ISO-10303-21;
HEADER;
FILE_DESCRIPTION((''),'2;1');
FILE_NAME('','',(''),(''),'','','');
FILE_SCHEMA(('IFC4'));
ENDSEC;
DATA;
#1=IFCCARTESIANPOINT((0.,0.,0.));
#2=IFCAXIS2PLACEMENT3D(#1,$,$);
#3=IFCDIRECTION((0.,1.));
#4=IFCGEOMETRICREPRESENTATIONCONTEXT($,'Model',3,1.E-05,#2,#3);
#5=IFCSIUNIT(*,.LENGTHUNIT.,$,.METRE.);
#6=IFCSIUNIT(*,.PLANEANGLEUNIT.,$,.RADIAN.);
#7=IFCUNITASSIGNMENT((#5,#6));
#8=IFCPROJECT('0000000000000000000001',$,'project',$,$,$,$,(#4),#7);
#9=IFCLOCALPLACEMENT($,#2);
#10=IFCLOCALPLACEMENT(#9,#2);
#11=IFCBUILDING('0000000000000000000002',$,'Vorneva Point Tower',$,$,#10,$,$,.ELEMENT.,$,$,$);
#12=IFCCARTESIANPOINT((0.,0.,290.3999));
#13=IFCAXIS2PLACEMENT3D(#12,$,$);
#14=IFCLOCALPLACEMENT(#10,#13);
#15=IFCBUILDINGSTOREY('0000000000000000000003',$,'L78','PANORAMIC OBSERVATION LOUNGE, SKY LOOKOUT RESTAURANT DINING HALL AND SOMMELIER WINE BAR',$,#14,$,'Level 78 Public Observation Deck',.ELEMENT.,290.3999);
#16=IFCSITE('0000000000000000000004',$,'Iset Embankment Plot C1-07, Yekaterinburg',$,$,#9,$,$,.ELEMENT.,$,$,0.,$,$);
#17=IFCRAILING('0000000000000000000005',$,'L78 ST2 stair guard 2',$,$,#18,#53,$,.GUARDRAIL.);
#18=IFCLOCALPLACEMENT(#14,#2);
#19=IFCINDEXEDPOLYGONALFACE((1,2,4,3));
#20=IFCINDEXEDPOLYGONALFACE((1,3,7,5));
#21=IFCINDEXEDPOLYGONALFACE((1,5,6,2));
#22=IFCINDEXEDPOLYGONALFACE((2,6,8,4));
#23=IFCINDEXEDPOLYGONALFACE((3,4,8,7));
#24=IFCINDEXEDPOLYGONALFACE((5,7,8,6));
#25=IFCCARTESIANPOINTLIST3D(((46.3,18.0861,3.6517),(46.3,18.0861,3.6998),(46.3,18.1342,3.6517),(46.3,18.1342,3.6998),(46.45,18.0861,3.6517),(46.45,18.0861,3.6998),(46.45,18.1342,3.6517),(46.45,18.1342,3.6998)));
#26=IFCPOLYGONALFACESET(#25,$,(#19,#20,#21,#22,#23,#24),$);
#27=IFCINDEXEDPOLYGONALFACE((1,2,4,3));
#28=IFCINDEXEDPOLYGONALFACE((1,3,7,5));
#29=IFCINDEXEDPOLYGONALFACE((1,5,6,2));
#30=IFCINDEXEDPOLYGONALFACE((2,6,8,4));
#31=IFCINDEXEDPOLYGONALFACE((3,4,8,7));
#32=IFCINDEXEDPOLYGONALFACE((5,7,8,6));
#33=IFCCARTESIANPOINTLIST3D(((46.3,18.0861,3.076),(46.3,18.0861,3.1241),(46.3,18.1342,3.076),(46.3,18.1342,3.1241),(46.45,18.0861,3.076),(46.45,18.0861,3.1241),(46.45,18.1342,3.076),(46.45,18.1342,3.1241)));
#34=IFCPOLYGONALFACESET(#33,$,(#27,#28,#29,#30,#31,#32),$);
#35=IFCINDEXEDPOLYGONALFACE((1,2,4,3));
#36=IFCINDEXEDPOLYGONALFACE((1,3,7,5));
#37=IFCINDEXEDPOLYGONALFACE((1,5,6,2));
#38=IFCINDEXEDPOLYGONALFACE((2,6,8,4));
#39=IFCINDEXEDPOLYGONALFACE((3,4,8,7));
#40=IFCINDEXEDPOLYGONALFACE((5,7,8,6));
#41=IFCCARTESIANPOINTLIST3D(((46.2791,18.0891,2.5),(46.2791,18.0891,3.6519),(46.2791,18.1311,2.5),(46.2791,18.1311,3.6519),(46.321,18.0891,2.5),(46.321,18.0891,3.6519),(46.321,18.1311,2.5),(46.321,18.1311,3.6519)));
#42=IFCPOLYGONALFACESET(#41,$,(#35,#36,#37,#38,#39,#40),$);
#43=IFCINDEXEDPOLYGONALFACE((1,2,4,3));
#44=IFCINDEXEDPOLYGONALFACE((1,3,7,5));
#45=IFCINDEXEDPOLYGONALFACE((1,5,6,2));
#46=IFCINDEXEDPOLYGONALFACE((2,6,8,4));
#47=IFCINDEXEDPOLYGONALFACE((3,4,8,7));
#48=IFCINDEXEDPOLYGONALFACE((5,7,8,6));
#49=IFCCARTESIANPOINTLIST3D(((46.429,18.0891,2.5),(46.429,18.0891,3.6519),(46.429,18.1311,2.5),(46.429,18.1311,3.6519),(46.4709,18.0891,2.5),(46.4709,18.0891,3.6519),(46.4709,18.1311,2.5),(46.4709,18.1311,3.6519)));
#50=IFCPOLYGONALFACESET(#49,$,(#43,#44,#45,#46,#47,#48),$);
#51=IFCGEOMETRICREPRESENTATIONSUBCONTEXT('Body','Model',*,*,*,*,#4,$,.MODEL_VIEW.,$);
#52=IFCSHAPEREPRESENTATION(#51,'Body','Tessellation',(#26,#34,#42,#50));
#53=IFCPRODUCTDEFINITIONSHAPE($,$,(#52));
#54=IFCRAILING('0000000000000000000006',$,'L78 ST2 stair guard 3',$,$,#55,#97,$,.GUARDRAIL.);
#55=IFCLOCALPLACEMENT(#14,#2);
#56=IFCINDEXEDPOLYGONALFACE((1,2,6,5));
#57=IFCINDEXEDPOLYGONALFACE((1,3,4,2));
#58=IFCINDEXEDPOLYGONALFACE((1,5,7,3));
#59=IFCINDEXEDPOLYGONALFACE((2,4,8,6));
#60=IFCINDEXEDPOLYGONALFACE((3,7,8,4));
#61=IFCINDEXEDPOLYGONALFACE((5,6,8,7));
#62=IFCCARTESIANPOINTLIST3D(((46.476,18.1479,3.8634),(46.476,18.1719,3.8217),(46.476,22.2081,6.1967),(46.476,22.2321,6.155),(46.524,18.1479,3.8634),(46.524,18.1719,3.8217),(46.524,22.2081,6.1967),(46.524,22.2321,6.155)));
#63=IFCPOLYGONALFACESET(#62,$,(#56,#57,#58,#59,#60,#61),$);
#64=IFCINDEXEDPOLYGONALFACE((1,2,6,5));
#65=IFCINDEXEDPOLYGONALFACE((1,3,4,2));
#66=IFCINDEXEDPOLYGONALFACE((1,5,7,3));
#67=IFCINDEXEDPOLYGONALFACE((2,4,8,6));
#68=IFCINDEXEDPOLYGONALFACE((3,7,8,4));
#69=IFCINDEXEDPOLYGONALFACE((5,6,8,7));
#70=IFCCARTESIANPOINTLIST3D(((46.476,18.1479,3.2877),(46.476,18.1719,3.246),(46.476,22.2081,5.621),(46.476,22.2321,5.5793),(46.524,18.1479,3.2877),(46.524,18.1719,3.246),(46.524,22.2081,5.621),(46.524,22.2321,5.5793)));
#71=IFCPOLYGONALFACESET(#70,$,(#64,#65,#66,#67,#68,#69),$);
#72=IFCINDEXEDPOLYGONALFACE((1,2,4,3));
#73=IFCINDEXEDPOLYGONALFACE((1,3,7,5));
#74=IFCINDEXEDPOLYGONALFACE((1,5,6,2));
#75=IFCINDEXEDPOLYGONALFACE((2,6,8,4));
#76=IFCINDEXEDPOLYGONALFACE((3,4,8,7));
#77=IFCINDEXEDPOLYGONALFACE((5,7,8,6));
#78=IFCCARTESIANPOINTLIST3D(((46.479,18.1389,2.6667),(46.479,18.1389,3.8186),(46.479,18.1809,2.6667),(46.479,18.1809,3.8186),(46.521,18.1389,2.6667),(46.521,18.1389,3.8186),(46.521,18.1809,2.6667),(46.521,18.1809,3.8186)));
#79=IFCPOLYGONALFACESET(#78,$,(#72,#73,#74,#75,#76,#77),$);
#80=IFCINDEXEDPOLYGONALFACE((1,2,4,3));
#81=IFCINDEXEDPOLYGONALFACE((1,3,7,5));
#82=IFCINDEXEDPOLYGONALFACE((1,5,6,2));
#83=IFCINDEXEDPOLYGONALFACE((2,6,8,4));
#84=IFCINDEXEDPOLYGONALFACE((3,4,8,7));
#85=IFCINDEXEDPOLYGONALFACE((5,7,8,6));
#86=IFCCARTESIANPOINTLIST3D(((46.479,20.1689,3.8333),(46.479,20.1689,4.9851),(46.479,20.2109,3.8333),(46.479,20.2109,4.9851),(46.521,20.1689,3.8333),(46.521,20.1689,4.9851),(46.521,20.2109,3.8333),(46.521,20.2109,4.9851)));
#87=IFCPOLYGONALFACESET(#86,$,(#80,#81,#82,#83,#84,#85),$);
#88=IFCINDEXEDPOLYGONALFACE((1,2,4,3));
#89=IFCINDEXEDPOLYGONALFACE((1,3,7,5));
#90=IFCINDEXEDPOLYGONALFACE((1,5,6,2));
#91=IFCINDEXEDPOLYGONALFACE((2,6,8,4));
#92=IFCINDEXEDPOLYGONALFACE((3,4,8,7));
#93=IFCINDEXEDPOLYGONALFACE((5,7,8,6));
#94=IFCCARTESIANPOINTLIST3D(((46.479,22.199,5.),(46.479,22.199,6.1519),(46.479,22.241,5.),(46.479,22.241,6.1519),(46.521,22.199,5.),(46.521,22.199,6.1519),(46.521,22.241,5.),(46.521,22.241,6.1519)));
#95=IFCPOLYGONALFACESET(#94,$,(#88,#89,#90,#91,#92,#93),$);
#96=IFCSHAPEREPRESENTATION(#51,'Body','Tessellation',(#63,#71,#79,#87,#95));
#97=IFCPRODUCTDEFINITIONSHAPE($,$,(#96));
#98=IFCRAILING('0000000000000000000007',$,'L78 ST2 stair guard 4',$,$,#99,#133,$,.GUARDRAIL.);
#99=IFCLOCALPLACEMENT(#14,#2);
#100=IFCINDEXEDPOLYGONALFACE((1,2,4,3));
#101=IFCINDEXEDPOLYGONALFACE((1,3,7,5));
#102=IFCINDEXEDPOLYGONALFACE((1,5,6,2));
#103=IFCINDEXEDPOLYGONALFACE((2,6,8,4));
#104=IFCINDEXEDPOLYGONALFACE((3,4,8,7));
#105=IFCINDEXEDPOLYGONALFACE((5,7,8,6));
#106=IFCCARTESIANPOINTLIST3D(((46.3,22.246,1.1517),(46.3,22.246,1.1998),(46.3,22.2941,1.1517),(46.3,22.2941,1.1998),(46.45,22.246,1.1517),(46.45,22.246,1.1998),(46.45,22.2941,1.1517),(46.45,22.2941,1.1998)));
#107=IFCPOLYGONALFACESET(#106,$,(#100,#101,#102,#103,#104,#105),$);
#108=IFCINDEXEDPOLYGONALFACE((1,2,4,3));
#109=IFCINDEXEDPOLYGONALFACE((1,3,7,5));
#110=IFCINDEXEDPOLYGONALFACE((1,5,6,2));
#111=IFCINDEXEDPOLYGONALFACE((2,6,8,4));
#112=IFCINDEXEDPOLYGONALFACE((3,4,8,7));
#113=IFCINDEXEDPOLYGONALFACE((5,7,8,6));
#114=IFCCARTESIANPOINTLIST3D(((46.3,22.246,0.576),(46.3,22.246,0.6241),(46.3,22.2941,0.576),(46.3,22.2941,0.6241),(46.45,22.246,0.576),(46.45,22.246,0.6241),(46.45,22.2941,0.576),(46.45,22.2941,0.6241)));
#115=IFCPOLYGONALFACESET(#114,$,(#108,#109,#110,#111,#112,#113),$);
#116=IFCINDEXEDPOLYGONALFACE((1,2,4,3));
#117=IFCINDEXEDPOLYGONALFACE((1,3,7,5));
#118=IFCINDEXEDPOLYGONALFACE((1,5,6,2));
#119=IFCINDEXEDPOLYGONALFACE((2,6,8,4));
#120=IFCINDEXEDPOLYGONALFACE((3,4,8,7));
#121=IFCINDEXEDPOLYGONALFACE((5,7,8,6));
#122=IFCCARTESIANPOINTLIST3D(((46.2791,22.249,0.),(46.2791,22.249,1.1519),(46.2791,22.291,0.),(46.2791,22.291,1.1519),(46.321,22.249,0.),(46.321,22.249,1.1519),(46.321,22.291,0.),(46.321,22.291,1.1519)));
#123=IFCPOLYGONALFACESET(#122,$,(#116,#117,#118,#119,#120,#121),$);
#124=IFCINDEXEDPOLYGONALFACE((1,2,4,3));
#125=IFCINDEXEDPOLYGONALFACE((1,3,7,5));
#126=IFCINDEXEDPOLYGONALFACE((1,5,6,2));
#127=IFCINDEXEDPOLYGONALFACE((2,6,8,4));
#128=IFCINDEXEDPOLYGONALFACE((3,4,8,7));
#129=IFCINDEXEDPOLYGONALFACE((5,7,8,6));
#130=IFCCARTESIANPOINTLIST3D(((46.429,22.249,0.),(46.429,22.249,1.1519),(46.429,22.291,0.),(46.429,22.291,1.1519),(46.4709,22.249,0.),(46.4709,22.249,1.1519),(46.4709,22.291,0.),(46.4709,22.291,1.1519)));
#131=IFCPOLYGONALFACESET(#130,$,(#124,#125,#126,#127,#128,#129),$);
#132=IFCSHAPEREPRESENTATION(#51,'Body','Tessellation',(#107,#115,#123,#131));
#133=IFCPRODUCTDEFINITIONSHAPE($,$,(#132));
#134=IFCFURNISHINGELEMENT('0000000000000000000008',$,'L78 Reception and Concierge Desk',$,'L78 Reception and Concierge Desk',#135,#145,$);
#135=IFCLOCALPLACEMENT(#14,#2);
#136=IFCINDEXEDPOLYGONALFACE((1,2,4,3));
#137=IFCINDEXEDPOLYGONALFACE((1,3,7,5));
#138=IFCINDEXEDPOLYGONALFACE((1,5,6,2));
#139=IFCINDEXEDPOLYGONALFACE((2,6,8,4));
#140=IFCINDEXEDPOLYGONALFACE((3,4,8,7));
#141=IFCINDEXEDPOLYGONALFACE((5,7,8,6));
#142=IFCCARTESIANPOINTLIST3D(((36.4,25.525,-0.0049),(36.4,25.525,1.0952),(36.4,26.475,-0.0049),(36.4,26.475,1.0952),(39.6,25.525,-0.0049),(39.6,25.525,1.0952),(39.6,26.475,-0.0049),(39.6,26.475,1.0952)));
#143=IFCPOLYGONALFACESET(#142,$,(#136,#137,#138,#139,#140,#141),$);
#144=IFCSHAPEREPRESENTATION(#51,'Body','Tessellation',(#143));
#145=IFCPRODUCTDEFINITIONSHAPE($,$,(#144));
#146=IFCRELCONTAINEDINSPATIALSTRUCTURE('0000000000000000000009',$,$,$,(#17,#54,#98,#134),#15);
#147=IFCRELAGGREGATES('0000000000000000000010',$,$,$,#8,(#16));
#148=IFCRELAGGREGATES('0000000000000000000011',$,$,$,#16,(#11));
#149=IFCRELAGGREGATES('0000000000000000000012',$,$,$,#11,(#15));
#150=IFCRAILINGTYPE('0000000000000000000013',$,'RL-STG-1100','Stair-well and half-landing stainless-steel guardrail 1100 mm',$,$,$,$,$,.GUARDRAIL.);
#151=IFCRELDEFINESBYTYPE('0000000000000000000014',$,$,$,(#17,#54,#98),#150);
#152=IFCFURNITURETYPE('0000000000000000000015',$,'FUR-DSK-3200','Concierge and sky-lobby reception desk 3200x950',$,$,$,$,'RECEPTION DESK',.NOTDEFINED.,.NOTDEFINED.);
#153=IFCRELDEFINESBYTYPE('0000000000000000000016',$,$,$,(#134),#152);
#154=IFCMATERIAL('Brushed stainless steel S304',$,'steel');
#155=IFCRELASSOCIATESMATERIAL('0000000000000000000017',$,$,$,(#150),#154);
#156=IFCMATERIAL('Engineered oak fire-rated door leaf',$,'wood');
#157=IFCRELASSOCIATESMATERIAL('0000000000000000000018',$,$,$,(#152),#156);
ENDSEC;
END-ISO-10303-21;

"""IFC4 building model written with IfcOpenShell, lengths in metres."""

from ifc_helpers import new_model, si_unit, direction, frame, origin, origin_2d, place, context, subcontext, project, spatial, rectangle, extrude, material, type_object, element, save


model = new_model("IFC4")

# Units and contexts
model_context = context("Model", 3, precision=1e-05, world=origin(), true_north=direction((0.0, 1.0)))
body_context = subcontext(model_context, "Body", "Model", "MODEL_VIEW")
ifc_project = project(units=[si_unit("LENGTHUNIT", "METRE"), si_unit("PLANEANGLEUNIT", "RADIAN")], contexts=[model_context])

# Site, building, storey
site_placement = place(None, origin())
site = spatial("IfcSite", under=ifc_project, at=site_placement, Name="Iset Embankment Plot C1-07, Yekaterinburg", CompositionType="ELEMENT", RefElevation=0.0)
building_placement = place(site_placement, origin())
building = spatial("IfcBuilding", under=site, at=building_placement, Name="Vorneva Point Tower", CompositionType="ELEMENT")
storey_placement = place(building_placement, frame((0.0, 0.0, 290.3999)))
storey = spatial("IfcBuildingStorey", under=building, at=storey_placement, Name="L78", Description="PANORAMIC OBSERVATION LOUNGE, SKY LOOKOUT RESTAURANT DINING HALL AND SOMMELIER WINE BAR", LongName="Level 78 Public Observation Deck", CompositionType="ELEMENT", Elevation=290.3999)

# Shared definitions
ifc_material_1 = material(Name="Engineered oak fire-rated door leaf", Category="wood")

# Railings
ifc_material_2 = material(Name="Brushed stainless steel S304", Category="steel")
railing_type_1 = type_object("IfcRailingType", Name="RL-STG-1100", Description="Stair-well and half-landing stainless-steel guardrail 1100 mm", PredefinedType="GUARDRAIL", material=ifc_material_2)
railing_1_placement = place(storey_placement, frame((46.3, 18.1101, 2.5)))
element("IfcRailing", 1, at=railing_1_placement, inside=storey, type_object=railing_type_1, Name="L78 ST2 stair guard 2", PredefinedType="GUARDRAIL", context=body_context, shape_type="SweptSolid", body=[
    extrude(rectangle(XDim=0.0481, YDim=0.0481, at=origin_2d()), frame((0.0, 0.0, 1.1758), z_axis=(1.0, 0.0, 0.0), x_axis=(0.0, 1.0, 0.0)), (0.0, 0.0, 1.0), 0.1499),
    extrude(rectangle(XDim=0.0481, YDim=0.0481, at=origin_2d()), frame((0.0, 0.0, 0.6001), z_axis=(1.0, 0.0, 0.0), x_axis=(0.0, 1.0, 0.0)), (0.0, 0.0, 1.0), 0.1499),
    extrude(rectangle(XDim=0.042, YDim=0.042, at=origin_2d()), origin(), (0.0, 0.0, 1.0), 1.1519),
    extrude(rectangle(XDim=0.042, YDim=0.042, at=origin_2d()), frame((0.1499, 0.0, 0.0)), (0.0, 0.0, 1.0), 1.1519),
])
railing_2_placement = place(storey_placement, frame((46.5, 18.1599, 2.6667)))
element("IfcRailing", 2, at=railing_2_placement, inside=storey, type_object=railing_type_1, Name="L78 ST2 stair guard 3", PredefinedType="GUARDRAIL", context=body_context, shape_type="SweptSolid", body=[
    extrude(rectangle(XDim=0.0481, YDim=0.0481, at=origin_2d()), frame((0.0, 0.0, 1.1758), z_axis=(0.0, 0.867025, 0.498265), x_axis=(-1.0, 0.0, 0.0)), (0.0, 0.0, 1.0), 4.6829),
    extrude(rectangle(XDim=0.0481, YDim=0.0481, at=origin_2d()), frame((0.0, 0.0, 0.6001), z_axis=(0.0, 0.867025, 0.498265), x_axis=(-1.0, 0.0, 0.0)), (0.0, 0.0, 1.0), 4.6829),
    extrude(rectangle(XDim=0.042, YDim=0.042, at=origin_2d()), origin(), (0.0, 0.0, 1.0), 1.1519),
    extrude(rectangle(XDim=0.042, YDim=0.042, at=origin_2d()), frame((0.0, 2.03, 1.1665)), (0.0, 0.0, 1.0), 1.1519),
    extrude(rectangle(XDim=0.042, YDim=0.042, at=origin_2d()), frame((0.0, 4.0601, 2.3333)), (0.0, 0.0, 1.0), 1.1519),
])
railing_3_placement = place(storey_placement, frame((46.3, 22.27, 0.0)))
element("IfcRailing", 3, at=railing_3_placement, inside=storey, type_object=railing_type_1, Name="L78 ST2 stair guard 4", PredefinedType="GUARDRAIL", context=body_context, shape_type="SweptSolid", body=[
    extrude(rectangle(XDim=0.0481, YDim=0.0481, at=origin_2d()), frame((0.0, 0.0, 1.1758), z_axis=(1.0, 0.0, 0.0), x_axis=(0.0, 1.0, 0.0)), (0.0, 0.0, 1.0), 0.1499),
    extrude(rectangle(XDim=0.0481, YDim=0.0481, at=origin_2d()), frame((0.0, 0.0, 0.6001), z_axis=(1.0, 0.0, 0.0), x_axis=(0.0, 1.0, 0.0)), (0.0, 0.0, 1.0), 0.1499),
    extrude(rectangle(XDim=0.042, YDim=0.042, at=origin_2d()), origin(), (0.0, 0.0, 1.0), 1.1519),
    extrude(rectangle(XDim=0.042, YDim=0.042, at=origin_2d()), frame((0.1499, 0.0, 0.0)), (0.0, 0.0, 1.0), 1.1519),
])

# Furnishing element
furniture_type = type_object("IfcFurnitureType", Name="FUR-DSK-3200", Description="Concierge and sky-lobby reception desk 3200x950", ElementType="RECEPTION DESK", AssemblyPlace="NOTDEFINED", PredefinedType="NOTDEFINED", material=ifc_material_1)
furnishing_placement = place(storey_placement, frame((38.0, 26.0, -0.0049), z_axis=(0.0, 0.0, 1.0), x_axis=(1.0, 0.0, 0.0)))
element("IfcFurnishingElement", 4, at=furnishing_placement, inside=storey, type_object=furniture_type, Name="L78 Reception and Concierge Desk", ObjectType="L78 Reception and Concierge Desk", context=body_context, shape_type="SweptSolid", body=[
    extrude(rectangle(XDim=3.2, YDim=0.95, at=origin_2d()), origin(), (0.0, 0.0, 1.0), 1.1001),
])

save(model, "model.ifc")
